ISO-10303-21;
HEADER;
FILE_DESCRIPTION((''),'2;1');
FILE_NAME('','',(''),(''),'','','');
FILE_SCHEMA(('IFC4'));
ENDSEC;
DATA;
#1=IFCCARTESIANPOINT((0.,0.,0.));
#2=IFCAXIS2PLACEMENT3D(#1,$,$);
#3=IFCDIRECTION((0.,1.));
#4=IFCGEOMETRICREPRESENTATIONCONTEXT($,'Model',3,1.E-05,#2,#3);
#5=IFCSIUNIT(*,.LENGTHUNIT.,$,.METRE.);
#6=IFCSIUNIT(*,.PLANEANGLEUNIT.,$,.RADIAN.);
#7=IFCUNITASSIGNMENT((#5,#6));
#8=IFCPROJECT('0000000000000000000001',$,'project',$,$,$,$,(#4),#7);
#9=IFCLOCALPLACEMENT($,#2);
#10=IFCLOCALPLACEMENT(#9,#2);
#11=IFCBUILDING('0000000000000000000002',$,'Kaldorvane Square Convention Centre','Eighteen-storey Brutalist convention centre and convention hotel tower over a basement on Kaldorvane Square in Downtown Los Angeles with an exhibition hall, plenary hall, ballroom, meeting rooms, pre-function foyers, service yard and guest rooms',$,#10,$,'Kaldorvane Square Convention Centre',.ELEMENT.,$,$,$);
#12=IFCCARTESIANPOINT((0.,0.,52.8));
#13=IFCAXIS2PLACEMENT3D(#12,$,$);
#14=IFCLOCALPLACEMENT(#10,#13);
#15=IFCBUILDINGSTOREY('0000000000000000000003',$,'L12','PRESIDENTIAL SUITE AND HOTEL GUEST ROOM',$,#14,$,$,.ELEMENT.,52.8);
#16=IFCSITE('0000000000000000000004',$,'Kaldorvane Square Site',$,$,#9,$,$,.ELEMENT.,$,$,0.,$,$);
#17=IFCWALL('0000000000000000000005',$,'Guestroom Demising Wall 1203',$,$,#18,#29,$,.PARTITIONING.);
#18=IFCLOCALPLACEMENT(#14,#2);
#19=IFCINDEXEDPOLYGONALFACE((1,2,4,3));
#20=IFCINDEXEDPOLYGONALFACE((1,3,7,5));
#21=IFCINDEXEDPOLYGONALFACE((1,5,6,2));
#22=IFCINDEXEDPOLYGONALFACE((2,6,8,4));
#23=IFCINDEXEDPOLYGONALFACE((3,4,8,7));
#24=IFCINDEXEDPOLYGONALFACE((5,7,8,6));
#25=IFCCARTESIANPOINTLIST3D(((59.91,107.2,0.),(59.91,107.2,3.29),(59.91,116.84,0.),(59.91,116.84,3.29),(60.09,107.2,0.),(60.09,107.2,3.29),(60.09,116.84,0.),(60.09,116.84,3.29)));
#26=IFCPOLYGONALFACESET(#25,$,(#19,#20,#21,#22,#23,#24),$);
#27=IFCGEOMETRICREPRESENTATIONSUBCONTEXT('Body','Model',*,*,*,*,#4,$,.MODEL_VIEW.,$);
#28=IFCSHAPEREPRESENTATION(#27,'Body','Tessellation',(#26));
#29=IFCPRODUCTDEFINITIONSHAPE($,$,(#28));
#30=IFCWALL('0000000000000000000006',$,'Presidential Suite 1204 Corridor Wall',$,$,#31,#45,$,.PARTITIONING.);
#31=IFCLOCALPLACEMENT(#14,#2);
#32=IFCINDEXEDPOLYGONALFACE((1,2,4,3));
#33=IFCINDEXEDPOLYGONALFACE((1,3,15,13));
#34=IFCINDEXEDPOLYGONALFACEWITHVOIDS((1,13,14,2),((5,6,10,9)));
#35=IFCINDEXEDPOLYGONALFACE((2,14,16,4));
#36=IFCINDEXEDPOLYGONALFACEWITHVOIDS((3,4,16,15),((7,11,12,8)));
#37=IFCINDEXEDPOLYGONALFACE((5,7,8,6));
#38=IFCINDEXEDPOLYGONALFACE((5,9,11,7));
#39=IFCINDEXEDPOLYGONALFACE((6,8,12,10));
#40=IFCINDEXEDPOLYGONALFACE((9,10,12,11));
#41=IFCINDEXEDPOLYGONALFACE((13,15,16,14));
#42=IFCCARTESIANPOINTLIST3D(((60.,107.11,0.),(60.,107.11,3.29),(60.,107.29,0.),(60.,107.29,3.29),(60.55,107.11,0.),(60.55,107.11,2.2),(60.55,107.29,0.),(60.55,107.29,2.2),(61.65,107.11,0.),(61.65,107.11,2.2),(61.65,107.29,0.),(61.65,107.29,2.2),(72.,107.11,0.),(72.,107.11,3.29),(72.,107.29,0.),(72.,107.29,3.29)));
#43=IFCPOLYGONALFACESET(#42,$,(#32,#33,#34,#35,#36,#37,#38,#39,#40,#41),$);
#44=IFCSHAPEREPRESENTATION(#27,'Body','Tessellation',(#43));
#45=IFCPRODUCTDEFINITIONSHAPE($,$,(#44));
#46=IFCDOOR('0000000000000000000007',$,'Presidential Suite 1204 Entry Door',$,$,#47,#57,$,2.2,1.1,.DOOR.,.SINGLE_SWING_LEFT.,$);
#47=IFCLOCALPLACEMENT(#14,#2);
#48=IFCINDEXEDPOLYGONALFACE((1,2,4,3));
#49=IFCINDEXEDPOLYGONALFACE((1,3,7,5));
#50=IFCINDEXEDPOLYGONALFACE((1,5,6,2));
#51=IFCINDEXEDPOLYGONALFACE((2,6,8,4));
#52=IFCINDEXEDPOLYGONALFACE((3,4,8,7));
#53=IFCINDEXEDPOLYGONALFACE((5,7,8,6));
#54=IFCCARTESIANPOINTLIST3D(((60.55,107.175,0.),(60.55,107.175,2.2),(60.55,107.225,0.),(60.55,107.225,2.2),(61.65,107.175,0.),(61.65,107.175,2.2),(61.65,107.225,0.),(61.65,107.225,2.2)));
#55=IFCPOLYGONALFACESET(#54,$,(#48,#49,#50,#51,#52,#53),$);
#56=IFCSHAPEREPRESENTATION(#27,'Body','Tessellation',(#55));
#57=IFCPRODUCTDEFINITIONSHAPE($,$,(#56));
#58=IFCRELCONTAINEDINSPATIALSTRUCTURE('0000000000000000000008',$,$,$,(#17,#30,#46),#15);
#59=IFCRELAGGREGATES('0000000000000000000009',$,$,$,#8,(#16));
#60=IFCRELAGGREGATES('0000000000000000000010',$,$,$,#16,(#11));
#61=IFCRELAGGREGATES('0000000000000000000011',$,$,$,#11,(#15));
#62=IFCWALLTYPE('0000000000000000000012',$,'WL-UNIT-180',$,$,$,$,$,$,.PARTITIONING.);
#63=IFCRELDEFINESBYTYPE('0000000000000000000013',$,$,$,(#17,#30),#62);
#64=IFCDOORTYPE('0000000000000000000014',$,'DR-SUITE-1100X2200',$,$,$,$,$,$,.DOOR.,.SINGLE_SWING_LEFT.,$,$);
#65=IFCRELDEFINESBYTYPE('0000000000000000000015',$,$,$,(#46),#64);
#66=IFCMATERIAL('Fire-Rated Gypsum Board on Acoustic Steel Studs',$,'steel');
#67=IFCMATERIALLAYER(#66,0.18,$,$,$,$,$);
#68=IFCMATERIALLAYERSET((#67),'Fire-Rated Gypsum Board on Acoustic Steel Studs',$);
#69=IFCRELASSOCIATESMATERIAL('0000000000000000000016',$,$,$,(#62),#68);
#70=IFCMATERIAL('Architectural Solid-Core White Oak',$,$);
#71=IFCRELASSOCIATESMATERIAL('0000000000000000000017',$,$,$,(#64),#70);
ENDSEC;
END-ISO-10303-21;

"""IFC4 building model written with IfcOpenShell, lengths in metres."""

from ifc_helpers import new_model, si_unit, direction, frame, frame_2d, origin, place, context, subcontext, project, spatial, rectangle, extrude, material, layer, layer_set, type_object, element, fill, save


model = new_model("IFC4")

# Units and contexts
model_context = context("Model", 3, precision=1e-05, world=origin(), true_north=direction((0.0, 1.0)))
body_context = subcontext(model_context, "Body", "Model", "MODEL_VIEW")
ifc_project = project(units=[si_unit("LENGTHUNIT", "METRE"), si_unit("PLANEANGLEUNIT", "RADIAN")], contexts=[model_context])

# Site, building, storey
site_placement = place(None, origin())
site = spatial("IfcSite", under=ifc_project, at=site_placement, Name="Kaldorvane Square Site", CompositionType="ELEMENT", RefElevation=0.0)
building_placement = place(site_placement, origin())
building = spatial("IfcBuilding", under=site, at=building_placement, Name="Kaldorvane Square Convention Centre", Description="Eighteen-storey Brutalist convention centre and convention hotel tower over a basement on Kaldorvane Square in Downtown Los Angeles with an exhibition hall, plenary hall, ballroom, meeting rooms, pre-function foyers, service yard and guest rooms", LongName="Kaldorvane Square Convention Centre", CompositionType="ELEMENT")
storey_placement = place(building_placement, frame((0.0, 0.0, 52.8)))
storey = spatial("IfcBuildingStorey", under=building, at=storey_placement, Name="L12", Description="PRESIDENTIAL SUITE AND HOTEL GUEST ROOM", CompositionType="ELEMENT", Elevation=52.8)

# Shared definitions
ifc_material_1 = material(Name="Fire-Rated Gypsum Board on Acoustic Steel Studs", Category="steel")
ifc_material_2 = material(Name="Architectural Solid-Core White Oak")

# Wall
ifc_layer_1 = layer(ifc_material_1, 0.18)
ifc_layer_set_1 = layer_set([ifc_layer_1], Name="Fire-Rated Gypsum Board on Acoustic Steel Studs")
wall_type_1 = type_object("IfcWallType", Name="WL-UNIT-180", PredefinedType="PARTITIONING", material=ifc_layer_set_1)
wall_1_placement = place(storey_placement, frame((60.0, 107.2, 0.0), z_axis=(0.0, 0.0, 1.0), x_axis=(0.0, 1.0, 0.0)))
element("IfcWall", 1, at=wall_1_placement, inside=storey, type_object=wall_type_1, Name="Guestroom Demising Wall 1203", PredefinedType="PARTITIONING", context=body_context, shape_type="SweptSolid", body=[
    extrude(rectangle(XDim=9.64, YDim=0.18, at=frame_2d((4.82, 0.0))), origin(), (0.0, 0.0, 1.0), 3.29),
])

# Wall, opening, door
wall_2_placement = place(storey_placement, frame((60.0, 107.2, 0.0), z_axis=(0.0, 0.0, 1.0), x_axis=(1.0, 0.0, 0.0)))
wall_2 = element("IfcWall", 2, at=wall_2_placement, inside=storey, type_object=wall_type_1, Name="Presidential Suite 1204 Corridor Wall", PredefinedType="PARTITIONING", context=body_context, shape_type="SweptSolid", body=[
    extrude(rectangle(XDim=12.0, YDim=0.18, at=frame_2d((6.0, 0.0))), origin(), (0.0, 0.0, 1.0), 3.29),
])
opening_1_placement = place(wall_2_placement, frame((0.55, 0.0, 0.0)))
opening_1 = element("IfcOpeningElement", 3, at=opening_1_placement, cuts=wall_2, PredefinedType="OPENING", context=body_context, shape_type="SweptSolid", body=[
    extrude(rectangle(XDim=1.1, YDim=2.2, at=frame_2d((0.55, 1.1))), frame((0.0, 0.105, 0.0), z_axis=(0.0, -1.0, 0.0), x_axis=(1.0, 0.0, 0.0)), (0.0, 0.0, 1.0), 0.21),
])
door_type_1 = type_object("IfcDoorType", Name="DR-SUITE-1100X2200", OperationType="SINGLE_SWING_LEFT", PredefinedType="DOOR", material=ifc_material_2)
door_1_placement = place(opening_1_placement, origin())
door_1 = element("IfcDoor", 4, at=door_1_placement, inside=storey, type_object=door_type_1, Name="Presidential Suite 1204 Entry Door", OperationType="SINGLE_SWING_LEFT", OverallHeight=2.2, OverallWidth=1.1, PredefinedType="DOOR", context=body_context, shape_type="SweptSolid", body=[
    extrude(rectangle(XDim=1.1, YDim=2.2, at=frame_2d((0.55, 1.1))), frame((0.0, 0.025, 0.0), z_axis=(0.0, -1.0, 0.0), x_axis=(1.0, 0.0, 0.0)), (0.0, 0.0, 1.0), 0.05),
])
fill(opening_1, door_1)

save(model, "model.ifc")
